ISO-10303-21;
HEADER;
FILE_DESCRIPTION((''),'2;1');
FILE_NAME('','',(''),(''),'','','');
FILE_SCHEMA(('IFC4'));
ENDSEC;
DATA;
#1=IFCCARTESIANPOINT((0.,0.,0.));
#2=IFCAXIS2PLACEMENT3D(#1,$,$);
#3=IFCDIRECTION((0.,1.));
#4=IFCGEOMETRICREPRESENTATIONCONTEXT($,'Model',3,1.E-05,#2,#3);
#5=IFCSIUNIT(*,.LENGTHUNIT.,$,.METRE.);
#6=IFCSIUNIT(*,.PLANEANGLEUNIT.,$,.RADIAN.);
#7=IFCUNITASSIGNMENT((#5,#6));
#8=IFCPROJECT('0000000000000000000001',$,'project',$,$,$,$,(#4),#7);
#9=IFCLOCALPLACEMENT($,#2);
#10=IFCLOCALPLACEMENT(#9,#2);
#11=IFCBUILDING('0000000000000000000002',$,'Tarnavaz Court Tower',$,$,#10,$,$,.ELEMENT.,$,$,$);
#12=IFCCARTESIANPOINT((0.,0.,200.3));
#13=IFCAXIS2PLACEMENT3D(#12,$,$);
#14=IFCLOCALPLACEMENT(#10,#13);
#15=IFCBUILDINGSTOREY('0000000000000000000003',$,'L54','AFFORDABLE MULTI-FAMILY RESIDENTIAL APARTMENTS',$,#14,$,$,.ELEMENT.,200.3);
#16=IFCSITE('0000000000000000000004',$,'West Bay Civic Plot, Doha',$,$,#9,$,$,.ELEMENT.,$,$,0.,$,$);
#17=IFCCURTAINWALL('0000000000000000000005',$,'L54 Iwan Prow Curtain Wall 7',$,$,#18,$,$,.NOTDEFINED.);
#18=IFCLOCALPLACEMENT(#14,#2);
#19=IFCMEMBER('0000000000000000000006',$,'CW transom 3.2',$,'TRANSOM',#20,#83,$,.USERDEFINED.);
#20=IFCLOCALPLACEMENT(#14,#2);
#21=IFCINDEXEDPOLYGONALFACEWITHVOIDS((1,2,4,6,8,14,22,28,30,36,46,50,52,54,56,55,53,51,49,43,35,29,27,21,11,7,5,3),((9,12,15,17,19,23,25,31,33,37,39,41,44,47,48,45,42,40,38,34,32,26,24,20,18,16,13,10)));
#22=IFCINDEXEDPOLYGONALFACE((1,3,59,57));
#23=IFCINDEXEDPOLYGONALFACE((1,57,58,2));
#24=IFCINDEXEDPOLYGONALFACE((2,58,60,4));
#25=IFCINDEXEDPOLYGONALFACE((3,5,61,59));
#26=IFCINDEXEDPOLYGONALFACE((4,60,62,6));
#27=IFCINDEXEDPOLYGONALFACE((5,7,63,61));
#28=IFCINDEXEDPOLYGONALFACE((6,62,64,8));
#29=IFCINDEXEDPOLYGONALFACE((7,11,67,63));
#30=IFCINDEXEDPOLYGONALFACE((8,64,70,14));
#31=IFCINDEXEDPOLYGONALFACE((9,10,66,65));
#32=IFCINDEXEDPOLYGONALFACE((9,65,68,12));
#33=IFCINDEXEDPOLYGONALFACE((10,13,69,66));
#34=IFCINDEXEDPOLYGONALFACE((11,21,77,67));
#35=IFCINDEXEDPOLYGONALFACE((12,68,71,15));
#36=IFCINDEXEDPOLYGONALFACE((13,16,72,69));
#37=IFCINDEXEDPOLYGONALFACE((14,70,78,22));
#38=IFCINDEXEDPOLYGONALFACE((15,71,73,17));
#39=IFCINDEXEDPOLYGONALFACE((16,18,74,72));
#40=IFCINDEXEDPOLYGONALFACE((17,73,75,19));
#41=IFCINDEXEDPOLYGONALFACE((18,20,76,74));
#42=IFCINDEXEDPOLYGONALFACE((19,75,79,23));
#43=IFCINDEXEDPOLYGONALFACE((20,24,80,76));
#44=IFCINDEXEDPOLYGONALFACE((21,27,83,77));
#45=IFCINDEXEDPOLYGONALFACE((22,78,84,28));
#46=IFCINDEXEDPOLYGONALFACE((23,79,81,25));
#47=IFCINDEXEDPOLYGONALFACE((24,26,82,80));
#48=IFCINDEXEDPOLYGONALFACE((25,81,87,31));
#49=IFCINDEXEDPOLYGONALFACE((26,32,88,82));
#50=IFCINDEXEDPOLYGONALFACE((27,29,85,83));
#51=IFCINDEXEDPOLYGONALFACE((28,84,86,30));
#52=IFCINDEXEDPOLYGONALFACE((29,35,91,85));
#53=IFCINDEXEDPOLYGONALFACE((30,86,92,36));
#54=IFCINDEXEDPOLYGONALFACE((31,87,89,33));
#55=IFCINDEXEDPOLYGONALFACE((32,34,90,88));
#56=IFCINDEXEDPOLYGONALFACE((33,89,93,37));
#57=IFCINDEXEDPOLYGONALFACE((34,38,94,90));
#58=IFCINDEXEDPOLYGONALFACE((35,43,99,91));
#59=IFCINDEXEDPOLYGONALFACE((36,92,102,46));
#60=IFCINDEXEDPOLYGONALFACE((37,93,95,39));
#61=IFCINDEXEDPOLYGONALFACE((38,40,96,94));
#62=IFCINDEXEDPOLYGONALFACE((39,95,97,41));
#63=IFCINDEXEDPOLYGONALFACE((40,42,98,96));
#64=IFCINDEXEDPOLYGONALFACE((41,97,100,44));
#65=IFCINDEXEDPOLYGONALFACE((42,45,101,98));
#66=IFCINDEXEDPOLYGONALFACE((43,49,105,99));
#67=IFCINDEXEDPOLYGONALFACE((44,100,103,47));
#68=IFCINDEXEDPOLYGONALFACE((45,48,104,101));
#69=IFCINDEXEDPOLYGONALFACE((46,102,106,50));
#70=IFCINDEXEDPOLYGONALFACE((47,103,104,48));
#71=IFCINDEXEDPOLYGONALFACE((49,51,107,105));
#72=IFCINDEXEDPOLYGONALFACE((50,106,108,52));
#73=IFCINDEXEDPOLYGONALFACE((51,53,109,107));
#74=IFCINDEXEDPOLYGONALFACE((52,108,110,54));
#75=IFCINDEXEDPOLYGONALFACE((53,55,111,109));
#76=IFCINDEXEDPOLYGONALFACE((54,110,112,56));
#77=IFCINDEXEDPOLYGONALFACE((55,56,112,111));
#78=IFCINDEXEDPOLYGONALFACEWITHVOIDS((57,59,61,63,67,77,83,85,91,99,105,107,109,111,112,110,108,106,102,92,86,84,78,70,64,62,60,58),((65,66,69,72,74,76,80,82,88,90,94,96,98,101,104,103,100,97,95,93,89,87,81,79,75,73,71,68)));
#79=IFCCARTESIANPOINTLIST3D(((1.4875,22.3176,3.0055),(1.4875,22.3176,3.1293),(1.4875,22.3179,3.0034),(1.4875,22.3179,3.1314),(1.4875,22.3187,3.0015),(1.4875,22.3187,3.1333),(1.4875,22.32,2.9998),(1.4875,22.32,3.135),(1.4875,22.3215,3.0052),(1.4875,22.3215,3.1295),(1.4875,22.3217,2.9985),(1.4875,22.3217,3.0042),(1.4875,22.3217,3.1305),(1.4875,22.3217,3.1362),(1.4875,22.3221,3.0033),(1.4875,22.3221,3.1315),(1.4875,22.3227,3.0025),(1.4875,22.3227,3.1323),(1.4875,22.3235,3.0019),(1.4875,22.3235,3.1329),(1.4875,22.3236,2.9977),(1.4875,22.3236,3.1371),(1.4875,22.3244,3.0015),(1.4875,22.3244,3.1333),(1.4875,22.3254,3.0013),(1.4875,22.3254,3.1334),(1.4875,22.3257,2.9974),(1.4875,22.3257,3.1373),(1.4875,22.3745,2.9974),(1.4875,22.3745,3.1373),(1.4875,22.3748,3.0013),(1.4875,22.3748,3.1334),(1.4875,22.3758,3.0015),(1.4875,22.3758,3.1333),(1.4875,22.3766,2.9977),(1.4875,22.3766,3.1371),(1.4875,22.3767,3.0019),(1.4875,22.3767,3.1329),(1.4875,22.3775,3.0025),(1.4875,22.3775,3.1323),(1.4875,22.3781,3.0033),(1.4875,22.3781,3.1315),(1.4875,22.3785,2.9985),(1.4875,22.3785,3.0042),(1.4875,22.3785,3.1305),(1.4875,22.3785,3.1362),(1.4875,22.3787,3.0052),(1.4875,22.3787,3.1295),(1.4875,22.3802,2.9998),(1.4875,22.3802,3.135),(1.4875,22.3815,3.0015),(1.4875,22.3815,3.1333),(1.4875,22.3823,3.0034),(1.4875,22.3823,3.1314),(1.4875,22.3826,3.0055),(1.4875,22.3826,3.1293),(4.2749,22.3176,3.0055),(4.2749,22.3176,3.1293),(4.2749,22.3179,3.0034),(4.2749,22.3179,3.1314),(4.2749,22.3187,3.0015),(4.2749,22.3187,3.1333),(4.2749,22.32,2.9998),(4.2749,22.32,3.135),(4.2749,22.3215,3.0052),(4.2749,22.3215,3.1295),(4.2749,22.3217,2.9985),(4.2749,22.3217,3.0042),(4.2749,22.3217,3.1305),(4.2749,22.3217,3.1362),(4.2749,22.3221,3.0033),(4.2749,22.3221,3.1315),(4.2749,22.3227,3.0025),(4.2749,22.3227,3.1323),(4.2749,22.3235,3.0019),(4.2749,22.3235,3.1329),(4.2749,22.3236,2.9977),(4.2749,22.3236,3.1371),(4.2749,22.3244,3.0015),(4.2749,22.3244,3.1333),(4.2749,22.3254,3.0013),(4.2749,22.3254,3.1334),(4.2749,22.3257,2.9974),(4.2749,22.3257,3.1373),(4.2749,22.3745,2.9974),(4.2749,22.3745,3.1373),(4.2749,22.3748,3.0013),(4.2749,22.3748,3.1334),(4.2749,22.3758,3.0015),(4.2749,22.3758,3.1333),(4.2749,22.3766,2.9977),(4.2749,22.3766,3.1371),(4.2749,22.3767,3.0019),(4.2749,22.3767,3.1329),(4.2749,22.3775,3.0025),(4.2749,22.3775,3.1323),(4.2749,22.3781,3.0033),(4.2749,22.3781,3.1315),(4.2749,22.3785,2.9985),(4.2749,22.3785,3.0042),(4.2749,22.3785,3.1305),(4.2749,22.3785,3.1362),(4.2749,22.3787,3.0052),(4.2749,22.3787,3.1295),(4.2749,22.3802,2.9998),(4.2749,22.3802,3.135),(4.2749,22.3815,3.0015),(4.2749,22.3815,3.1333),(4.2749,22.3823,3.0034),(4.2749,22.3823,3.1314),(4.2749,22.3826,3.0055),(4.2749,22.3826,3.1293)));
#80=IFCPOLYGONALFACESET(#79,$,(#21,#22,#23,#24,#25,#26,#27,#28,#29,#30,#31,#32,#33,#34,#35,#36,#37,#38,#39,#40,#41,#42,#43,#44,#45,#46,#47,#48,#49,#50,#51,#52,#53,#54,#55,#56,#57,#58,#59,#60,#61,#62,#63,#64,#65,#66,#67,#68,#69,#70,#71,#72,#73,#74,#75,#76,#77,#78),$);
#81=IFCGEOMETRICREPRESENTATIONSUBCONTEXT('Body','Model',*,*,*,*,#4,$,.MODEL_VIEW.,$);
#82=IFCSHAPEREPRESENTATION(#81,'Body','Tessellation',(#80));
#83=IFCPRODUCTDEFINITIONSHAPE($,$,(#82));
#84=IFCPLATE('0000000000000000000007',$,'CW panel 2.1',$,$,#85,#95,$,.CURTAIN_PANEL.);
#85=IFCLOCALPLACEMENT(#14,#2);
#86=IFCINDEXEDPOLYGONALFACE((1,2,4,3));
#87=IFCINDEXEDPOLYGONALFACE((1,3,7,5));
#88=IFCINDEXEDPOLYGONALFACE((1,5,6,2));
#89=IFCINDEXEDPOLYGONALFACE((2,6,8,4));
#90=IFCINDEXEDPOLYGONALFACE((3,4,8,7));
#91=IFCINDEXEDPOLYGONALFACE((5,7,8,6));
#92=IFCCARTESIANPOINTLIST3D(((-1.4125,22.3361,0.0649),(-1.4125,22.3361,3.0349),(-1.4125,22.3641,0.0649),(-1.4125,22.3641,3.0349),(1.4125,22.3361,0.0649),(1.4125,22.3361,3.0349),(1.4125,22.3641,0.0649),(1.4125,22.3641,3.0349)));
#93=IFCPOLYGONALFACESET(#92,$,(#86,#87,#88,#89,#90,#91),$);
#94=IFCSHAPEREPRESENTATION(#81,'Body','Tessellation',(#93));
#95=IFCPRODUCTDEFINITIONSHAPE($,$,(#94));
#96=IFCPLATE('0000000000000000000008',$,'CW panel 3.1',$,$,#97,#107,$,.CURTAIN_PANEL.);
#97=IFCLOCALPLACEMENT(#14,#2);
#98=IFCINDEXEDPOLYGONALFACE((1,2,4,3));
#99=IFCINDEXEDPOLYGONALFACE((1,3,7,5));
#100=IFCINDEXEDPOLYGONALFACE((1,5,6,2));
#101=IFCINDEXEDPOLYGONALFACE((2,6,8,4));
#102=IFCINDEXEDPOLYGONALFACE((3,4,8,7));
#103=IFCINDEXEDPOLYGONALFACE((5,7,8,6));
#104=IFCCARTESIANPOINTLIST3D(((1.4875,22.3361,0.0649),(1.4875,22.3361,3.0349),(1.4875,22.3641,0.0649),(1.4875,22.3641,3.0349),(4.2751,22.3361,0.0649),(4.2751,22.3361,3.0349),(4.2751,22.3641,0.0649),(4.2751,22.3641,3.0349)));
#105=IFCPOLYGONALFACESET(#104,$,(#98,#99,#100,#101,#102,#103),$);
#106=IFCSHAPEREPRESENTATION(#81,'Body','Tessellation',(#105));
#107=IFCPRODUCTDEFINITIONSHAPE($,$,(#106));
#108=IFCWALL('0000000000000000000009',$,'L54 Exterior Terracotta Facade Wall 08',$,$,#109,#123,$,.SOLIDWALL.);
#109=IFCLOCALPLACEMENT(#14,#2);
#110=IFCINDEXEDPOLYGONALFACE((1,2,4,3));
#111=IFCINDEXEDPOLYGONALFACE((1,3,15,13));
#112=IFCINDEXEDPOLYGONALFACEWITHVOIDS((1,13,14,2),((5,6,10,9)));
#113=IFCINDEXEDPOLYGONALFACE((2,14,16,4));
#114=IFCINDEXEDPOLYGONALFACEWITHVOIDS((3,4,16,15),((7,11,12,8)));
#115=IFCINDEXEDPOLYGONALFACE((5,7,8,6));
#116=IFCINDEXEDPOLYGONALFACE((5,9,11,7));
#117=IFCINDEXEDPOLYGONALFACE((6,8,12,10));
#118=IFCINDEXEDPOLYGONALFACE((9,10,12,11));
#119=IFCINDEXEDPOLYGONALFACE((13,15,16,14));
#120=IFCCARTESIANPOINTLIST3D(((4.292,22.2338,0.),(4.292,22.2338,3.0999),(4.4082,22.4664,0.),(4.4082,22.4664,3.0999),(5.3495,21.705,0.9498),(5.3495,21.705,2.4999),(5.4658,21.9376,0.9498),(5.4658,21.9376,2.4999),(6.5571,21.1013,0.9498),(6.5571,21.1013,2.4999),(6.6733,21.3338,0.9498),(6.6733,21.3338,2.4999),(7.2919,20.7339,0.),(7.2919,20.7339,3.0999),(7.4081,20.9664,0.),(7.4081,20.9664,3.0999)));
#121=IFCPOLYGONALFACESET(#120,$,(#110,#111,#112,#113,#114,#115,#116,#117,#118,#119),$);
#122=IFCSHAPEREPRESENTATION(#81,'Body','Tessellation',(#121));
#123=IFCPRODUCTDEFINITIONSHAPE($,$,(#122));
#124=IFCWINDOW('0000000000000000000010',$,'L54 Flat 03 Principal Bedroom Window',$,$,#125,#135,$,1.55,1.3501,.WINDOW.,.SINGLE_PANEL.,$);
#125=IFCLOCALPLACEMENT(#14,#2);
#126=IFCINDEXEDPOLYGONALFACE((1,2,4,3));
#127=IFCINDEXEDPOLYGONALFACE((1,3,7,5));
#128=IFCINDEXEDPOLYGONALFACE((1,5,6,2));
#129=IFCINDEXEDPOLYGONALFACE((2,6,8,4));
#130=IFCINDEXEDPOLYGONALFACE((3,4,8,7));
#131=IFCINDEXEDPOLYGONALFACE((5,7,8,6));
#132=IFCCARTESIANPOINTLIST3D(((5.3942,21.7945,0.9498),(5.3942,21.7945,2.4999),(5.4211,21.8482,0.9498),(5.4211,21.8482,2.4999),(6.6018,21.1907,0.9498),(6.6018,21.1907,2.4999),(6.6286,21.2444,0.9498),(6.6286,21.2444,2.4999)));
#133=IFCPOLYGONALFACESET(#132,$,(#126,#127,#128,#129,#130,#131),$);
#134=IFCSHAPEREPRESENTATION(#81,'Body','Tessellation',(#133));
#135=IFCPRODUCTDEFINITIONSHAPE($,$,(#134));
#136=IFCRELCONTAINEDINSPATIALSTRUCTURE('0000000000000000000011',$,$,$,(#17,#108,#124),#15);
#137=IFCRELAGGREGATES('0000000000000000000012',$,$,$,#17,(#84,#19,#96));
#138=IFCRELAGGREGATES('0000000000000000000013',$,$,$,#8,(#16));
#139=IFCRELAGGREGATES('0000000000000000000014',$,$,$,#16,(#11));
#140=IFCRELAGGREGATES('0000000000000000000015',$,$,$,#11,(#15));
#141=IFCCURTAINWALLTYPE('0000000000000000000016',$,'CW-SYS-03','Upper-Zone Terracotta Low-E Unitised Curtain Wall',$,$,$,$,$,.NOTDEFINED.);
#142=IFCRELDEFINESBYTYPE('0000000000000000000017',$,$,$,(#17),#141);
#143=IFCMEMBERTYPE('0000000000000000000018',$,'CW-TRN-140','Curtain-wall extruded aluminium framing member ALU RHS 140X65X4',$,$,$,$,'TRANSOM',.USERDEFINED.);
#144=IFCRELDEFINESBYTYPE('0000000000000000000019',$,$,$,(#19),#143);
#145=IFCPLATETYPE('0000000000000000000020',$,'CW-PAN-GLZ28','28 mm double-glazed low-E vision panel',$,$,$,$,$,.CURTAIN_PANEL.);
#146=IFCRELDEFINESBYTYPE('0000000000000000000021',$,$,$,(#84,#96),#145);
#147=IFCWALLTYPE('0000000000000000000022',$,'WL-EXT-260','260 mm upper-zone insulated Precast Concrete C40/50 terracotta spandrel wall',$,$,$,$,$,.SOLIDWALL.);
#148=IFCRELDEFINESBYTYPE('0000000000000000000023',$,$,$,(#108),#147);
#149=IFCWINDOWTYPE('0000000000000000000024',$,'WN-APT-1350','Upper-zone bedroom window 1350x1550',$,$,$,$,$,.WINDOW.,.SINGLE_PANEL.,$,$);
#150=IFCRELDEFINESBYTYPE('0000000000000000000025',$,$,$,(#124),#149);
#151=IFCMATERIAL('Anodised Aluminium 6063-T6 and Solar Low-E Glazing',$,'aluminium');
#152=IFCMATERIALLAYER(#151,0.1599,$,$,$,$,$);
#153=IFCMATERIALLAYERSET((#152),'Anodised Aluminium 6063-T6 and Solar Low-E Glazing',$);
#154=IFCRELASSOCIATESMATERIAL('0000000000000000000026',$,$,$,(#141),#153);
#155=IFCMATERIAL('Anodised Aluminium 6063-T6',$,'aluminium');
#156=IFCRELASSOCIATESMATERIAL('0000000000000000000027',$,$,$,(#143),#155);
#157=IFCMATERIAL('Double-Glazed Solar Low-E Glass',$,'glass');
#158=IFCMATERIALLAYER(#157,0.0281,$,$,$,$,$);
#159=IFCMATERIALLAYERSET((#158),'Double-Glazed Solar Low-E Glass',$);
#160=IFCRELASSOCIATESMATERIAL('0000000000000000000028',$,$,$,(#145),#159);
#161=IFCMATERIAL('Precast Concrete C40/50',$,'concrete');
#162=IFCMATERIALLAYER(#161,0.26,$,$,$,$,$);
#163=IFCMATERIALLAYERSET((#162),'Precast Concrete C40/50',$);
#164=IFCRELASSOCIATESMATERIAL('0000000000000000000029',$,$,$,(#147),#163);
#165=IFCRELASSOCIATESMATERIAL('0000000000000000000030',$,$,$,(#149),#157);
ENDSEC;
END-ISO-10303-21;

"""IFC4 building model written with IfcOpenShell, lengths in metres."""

from ifc_helpers import new_model, si_unit, direction, frame, frame_2d, origin, origin_2d, place, context, subcontext, project, spatial, rectangle, hollow_rectangle, extrude, material, layer, layer_set, material_profile, profile_set, type_object, element, fill, aggregate, save


model = new_model("IFC4")

# Units and contexts
model_context = context("Model", 3, precision=1e-05, world=origin(), true_north=direction((0.0, 1.0)))
body_context = subcontext(model_context, "Body", "Model", "MODEL_VIEW")
ifc_project = project(units=[si_unit("LENGTHUNIT", "METRE"), si_unit("PLANEANGLEUNIT", "RADIAN")], contexts=[model_context])

# Site, building, storey
site_placement = place(None, origin())
site = spatial("IfcSite", under=ifc_project, at=site_placement, Name="West Bay Civic Plot, Doha", CompositionType="ELEMENT", RefElevation=0.0)
building_placement = place(site_placement, origin())
building = spatial("IfcBuilding", under=site, at=building_placement, Name="Tarnavaz Court Tower", CompositionType="ELEMENT")
storey_placement = place(building_placement, frame((0.0, 0.0, 200.3)))
storey = spatial("IfcBuildingStorey", under=building, at=storey_placement, Name="L54", Description="AFFORDABLE MULTI-FAMILY RESIDENTIAL APARTMENTS", CompositionType="ELEMENT", Elevation=200.3)

# Curtain wall, member, plates
ifc_material_1 = material(Name="Anodised Aluminium 6063-T6 and Solar Low-E Glazing", Category="aluminium")
ifc_layer_1 = layer(ifc_material_1, 0.1599)
ifc_layer_set_1 = layer_set([ifc_layer_1], Name="Anodised Aluminium 6063-T6 and Solar Low-E Glazing")
curtain_wall_type = type_object("IfcCurtainWallType", Name="CW-SYS-03", Description="Upper-Zone Terracotta Low-E Unitised Curtain Wall", PredefinedType="NOTDEFINED", material=ifc_layer_set_1)
curtain_wall_placement = place(storey_placement, origin())
curtain_wall = element("IfcCurtainWall", 1, at=curtain_wall_placement, inside=storey, type_object=curtain_wall_type, Name="L54 Iwan Prow Curtain Wall 7", PredefinedType="NOTDEFINED")
ifc_material_2 = material(Name="Anodised Aluminium 6063-T6", Category="aluminium")
ifc_material_profile_1 = material_profile(ifc_material_2, hollow_rectangle(XDim=0.0649, YDim=0.1399, WallThickness=0.0039, InnerFilletRadius=0.0039, OuterFilletRadius=0.0081, at=origin_2d()), Name="ALU RHS 140X65X4")
ifc_profile_set_1 = profile_set([ifc_material_profile_1], Name="Anodised Aluminium 6063-T6")
member_type_1 = type_object("IfcMemberType", Name="CW-TRN-140", Description="Curtain-wall extruded aluminium framing member ALU RHS 140X65X4", ElementType="TRANSOM", PredefinedType="USERDEFINED", material=ifc_profile_set_1)
member_1_placement = place(storey_placement, frame((1.4875, 22.3501, 3.0674), z_axis=(1.0, 0.0, 0.0), x_axis=(0.0, 1.0, 0.0)))
member_1 = element("IfcMember", 2, at=member_1_placement, type_object=member_type_1, Name="CW transom 3.2", ObjectType="TRANSOM", PredefinedType="USERDEFINED", context=body_context, shape_type="SweptSolid", body=[
    extrude(hollow_rectangle(XDim=0.0649, YDim=0.1399, WallThickness=0.0039, InnerFilletRadius=0.0039, OuterFilletRadius=0.0081, at=origin_2d()), origin(), (0.0, 0.0, 1.0), 2.7874),
])
ifc_material_3 = material(Name="Double-Glazed Solar Low-E Glass", Category="glass")
ifc_layer_2 = layer(ifc_material_3, 0.0281)
ifc_layer_set_2 = layer_set([ifc_layer_2], Name="Double-Glazed Solar Low-E Glass")
plate_type = type_object("IfcPlateType", Name="CW-PAN-GLZ28", Description="28 mm double-glazed low-E vision panel", PredefinedType="CURTAIN_PANEL", material=ifc_layer_set_2)
plate_1_placement = place(storey_placement, frame((0.0, 22.3501, 0.0649), z_axis=(0.0, 0.0, 1.0), x_axis=(1.0, 0.0, 0.0)))
plate_1 = element("IfcPlate", 3, at=plate_1_placement, type_object=plate_type, Name="CW panel 2.1", PredefinedType="CURTAIN_PANEL", context=body_context, shape_type="SweptSolid", body=[
    extrude(rectangle(XDim=2.825, YDim=0.0281, at=origin_2d()), origin(), (0.0, 0.0, 1.0), 2.97),
])
plate_2_placement = place(storey_placement, frame((2.8813, 22.3501, 0.0649), z_axis=(0.0, 0.0, 1.0), x_axis=(1.0, 0.0, 0.0)))
plate_2 = element("IfcPlate", 4, at=plate_2_placement, type_object=plate_type, Name="CW panel 3.1", PredefinedType="CURTAIN_PANEL", context=body_context, shape_type="SweptSolid", body=[
    extrude(rectangle(XDim=2.7876, YDim=0.0281, at=origin_2d()), origin(), (0.0, 0.0, 1.0), 2.97),
])
aggregate(curtain_wall, [plate_1, member_1, plate_2])

# Wall, opening, window
ifc_material_4 = material(Name="Precast Concrete C40/50", Category="concrete")
ifc_layer_3 = layer(ifc_material_4, 0.26)
ifc_layer_set_3 = layer_set([ifc_layer_3], Name="Precast Concrete C40/50")
wall_type_1 = type_object("IfcWallType", Name="WL-EXT-260", Description="260 mm upper-zone insulated Precast Concrete C40/50 terracotta spandrel wall", PredefinedType="SOLIDWALL", material=ifc_layer_set_3)
wall_1_placement = place(storey_placement, frame((4.3501, 22.3501, 0.0), z_axis=(0.0, 0.0, 1.0), x_axis=(0.894427, -0.447214, 0.0)))
wall_1 = element("IfcWall", 5, at=wall_1_placement, inside=storey, type_object=wall_type_1, Name="L54 Exterior Terracotta Facade Wall 08", PredefinedType="SOLIDWALL", context=body_context, shape_type="SweptSolid", body=[
    extrude(rectangle(XDim=3.354, YDim=0.26, at=frame_2d((1.677, 0.0))), origin(), (0.0, 0.0, 1.0), 3.0999),
])
opening_1_placement = place(wall_1_placement, frame((1.1824, 0.0, 0.95)))
opening_1 = element("IfcOpeningElement", 6, at=opening_1_placement, cuts=wall_1, PredefinedType="OPENING", context=body_context, shape_type="SweptSolid", body=[
    extrude(rectangle(XDim=1.3501, YDim=1.55, at=frame_2d((0.675, 0.7749))), frame((0.0, 0.1399, 0.0), z_axis=(0.0, -1.0, 0.0), x_axis=(1.0, 0.0, 0.0)), (0.0, 0.0, 1.0), 0.28),
])
window_type_1 = type_object("IfcWindowType", Name="WN-APT-1350", Description="Upper-zone bedroom window 1350x1550", PartitioningType="SINGLE_PANEL", PredefinedType="WINDOW", material=ifc_material_3)
window_1_placement = place(opening_1_placement, origin())
window_1 = element("IfcWindow", 7, at=window_1_placement, inside=storey, type_object=window_type_1, Name="L54 Flat 03 Principal Bedroom Window", OverallHeight=1.55, OverallWidth=1.3501, PartitioningType="SINGLE_PANEL", PredefinedType="WINDOW", context=body_context, shape_type="SweptSolid", body=[
    extrude(rectangle(XDim=1.3501, YDim=1.55, at=frame_2d((0.675, 0.7749))), frame((0.0, 0.03, 0.0), z_axis=(0.0, -1.0, 0.0), x_axis=(1.0, 0.0, 0.0)), (0.0, 0.0, 1.0), 0.0601),
])
fill(opening_1, window_1)

save(model, "model.ifc")
